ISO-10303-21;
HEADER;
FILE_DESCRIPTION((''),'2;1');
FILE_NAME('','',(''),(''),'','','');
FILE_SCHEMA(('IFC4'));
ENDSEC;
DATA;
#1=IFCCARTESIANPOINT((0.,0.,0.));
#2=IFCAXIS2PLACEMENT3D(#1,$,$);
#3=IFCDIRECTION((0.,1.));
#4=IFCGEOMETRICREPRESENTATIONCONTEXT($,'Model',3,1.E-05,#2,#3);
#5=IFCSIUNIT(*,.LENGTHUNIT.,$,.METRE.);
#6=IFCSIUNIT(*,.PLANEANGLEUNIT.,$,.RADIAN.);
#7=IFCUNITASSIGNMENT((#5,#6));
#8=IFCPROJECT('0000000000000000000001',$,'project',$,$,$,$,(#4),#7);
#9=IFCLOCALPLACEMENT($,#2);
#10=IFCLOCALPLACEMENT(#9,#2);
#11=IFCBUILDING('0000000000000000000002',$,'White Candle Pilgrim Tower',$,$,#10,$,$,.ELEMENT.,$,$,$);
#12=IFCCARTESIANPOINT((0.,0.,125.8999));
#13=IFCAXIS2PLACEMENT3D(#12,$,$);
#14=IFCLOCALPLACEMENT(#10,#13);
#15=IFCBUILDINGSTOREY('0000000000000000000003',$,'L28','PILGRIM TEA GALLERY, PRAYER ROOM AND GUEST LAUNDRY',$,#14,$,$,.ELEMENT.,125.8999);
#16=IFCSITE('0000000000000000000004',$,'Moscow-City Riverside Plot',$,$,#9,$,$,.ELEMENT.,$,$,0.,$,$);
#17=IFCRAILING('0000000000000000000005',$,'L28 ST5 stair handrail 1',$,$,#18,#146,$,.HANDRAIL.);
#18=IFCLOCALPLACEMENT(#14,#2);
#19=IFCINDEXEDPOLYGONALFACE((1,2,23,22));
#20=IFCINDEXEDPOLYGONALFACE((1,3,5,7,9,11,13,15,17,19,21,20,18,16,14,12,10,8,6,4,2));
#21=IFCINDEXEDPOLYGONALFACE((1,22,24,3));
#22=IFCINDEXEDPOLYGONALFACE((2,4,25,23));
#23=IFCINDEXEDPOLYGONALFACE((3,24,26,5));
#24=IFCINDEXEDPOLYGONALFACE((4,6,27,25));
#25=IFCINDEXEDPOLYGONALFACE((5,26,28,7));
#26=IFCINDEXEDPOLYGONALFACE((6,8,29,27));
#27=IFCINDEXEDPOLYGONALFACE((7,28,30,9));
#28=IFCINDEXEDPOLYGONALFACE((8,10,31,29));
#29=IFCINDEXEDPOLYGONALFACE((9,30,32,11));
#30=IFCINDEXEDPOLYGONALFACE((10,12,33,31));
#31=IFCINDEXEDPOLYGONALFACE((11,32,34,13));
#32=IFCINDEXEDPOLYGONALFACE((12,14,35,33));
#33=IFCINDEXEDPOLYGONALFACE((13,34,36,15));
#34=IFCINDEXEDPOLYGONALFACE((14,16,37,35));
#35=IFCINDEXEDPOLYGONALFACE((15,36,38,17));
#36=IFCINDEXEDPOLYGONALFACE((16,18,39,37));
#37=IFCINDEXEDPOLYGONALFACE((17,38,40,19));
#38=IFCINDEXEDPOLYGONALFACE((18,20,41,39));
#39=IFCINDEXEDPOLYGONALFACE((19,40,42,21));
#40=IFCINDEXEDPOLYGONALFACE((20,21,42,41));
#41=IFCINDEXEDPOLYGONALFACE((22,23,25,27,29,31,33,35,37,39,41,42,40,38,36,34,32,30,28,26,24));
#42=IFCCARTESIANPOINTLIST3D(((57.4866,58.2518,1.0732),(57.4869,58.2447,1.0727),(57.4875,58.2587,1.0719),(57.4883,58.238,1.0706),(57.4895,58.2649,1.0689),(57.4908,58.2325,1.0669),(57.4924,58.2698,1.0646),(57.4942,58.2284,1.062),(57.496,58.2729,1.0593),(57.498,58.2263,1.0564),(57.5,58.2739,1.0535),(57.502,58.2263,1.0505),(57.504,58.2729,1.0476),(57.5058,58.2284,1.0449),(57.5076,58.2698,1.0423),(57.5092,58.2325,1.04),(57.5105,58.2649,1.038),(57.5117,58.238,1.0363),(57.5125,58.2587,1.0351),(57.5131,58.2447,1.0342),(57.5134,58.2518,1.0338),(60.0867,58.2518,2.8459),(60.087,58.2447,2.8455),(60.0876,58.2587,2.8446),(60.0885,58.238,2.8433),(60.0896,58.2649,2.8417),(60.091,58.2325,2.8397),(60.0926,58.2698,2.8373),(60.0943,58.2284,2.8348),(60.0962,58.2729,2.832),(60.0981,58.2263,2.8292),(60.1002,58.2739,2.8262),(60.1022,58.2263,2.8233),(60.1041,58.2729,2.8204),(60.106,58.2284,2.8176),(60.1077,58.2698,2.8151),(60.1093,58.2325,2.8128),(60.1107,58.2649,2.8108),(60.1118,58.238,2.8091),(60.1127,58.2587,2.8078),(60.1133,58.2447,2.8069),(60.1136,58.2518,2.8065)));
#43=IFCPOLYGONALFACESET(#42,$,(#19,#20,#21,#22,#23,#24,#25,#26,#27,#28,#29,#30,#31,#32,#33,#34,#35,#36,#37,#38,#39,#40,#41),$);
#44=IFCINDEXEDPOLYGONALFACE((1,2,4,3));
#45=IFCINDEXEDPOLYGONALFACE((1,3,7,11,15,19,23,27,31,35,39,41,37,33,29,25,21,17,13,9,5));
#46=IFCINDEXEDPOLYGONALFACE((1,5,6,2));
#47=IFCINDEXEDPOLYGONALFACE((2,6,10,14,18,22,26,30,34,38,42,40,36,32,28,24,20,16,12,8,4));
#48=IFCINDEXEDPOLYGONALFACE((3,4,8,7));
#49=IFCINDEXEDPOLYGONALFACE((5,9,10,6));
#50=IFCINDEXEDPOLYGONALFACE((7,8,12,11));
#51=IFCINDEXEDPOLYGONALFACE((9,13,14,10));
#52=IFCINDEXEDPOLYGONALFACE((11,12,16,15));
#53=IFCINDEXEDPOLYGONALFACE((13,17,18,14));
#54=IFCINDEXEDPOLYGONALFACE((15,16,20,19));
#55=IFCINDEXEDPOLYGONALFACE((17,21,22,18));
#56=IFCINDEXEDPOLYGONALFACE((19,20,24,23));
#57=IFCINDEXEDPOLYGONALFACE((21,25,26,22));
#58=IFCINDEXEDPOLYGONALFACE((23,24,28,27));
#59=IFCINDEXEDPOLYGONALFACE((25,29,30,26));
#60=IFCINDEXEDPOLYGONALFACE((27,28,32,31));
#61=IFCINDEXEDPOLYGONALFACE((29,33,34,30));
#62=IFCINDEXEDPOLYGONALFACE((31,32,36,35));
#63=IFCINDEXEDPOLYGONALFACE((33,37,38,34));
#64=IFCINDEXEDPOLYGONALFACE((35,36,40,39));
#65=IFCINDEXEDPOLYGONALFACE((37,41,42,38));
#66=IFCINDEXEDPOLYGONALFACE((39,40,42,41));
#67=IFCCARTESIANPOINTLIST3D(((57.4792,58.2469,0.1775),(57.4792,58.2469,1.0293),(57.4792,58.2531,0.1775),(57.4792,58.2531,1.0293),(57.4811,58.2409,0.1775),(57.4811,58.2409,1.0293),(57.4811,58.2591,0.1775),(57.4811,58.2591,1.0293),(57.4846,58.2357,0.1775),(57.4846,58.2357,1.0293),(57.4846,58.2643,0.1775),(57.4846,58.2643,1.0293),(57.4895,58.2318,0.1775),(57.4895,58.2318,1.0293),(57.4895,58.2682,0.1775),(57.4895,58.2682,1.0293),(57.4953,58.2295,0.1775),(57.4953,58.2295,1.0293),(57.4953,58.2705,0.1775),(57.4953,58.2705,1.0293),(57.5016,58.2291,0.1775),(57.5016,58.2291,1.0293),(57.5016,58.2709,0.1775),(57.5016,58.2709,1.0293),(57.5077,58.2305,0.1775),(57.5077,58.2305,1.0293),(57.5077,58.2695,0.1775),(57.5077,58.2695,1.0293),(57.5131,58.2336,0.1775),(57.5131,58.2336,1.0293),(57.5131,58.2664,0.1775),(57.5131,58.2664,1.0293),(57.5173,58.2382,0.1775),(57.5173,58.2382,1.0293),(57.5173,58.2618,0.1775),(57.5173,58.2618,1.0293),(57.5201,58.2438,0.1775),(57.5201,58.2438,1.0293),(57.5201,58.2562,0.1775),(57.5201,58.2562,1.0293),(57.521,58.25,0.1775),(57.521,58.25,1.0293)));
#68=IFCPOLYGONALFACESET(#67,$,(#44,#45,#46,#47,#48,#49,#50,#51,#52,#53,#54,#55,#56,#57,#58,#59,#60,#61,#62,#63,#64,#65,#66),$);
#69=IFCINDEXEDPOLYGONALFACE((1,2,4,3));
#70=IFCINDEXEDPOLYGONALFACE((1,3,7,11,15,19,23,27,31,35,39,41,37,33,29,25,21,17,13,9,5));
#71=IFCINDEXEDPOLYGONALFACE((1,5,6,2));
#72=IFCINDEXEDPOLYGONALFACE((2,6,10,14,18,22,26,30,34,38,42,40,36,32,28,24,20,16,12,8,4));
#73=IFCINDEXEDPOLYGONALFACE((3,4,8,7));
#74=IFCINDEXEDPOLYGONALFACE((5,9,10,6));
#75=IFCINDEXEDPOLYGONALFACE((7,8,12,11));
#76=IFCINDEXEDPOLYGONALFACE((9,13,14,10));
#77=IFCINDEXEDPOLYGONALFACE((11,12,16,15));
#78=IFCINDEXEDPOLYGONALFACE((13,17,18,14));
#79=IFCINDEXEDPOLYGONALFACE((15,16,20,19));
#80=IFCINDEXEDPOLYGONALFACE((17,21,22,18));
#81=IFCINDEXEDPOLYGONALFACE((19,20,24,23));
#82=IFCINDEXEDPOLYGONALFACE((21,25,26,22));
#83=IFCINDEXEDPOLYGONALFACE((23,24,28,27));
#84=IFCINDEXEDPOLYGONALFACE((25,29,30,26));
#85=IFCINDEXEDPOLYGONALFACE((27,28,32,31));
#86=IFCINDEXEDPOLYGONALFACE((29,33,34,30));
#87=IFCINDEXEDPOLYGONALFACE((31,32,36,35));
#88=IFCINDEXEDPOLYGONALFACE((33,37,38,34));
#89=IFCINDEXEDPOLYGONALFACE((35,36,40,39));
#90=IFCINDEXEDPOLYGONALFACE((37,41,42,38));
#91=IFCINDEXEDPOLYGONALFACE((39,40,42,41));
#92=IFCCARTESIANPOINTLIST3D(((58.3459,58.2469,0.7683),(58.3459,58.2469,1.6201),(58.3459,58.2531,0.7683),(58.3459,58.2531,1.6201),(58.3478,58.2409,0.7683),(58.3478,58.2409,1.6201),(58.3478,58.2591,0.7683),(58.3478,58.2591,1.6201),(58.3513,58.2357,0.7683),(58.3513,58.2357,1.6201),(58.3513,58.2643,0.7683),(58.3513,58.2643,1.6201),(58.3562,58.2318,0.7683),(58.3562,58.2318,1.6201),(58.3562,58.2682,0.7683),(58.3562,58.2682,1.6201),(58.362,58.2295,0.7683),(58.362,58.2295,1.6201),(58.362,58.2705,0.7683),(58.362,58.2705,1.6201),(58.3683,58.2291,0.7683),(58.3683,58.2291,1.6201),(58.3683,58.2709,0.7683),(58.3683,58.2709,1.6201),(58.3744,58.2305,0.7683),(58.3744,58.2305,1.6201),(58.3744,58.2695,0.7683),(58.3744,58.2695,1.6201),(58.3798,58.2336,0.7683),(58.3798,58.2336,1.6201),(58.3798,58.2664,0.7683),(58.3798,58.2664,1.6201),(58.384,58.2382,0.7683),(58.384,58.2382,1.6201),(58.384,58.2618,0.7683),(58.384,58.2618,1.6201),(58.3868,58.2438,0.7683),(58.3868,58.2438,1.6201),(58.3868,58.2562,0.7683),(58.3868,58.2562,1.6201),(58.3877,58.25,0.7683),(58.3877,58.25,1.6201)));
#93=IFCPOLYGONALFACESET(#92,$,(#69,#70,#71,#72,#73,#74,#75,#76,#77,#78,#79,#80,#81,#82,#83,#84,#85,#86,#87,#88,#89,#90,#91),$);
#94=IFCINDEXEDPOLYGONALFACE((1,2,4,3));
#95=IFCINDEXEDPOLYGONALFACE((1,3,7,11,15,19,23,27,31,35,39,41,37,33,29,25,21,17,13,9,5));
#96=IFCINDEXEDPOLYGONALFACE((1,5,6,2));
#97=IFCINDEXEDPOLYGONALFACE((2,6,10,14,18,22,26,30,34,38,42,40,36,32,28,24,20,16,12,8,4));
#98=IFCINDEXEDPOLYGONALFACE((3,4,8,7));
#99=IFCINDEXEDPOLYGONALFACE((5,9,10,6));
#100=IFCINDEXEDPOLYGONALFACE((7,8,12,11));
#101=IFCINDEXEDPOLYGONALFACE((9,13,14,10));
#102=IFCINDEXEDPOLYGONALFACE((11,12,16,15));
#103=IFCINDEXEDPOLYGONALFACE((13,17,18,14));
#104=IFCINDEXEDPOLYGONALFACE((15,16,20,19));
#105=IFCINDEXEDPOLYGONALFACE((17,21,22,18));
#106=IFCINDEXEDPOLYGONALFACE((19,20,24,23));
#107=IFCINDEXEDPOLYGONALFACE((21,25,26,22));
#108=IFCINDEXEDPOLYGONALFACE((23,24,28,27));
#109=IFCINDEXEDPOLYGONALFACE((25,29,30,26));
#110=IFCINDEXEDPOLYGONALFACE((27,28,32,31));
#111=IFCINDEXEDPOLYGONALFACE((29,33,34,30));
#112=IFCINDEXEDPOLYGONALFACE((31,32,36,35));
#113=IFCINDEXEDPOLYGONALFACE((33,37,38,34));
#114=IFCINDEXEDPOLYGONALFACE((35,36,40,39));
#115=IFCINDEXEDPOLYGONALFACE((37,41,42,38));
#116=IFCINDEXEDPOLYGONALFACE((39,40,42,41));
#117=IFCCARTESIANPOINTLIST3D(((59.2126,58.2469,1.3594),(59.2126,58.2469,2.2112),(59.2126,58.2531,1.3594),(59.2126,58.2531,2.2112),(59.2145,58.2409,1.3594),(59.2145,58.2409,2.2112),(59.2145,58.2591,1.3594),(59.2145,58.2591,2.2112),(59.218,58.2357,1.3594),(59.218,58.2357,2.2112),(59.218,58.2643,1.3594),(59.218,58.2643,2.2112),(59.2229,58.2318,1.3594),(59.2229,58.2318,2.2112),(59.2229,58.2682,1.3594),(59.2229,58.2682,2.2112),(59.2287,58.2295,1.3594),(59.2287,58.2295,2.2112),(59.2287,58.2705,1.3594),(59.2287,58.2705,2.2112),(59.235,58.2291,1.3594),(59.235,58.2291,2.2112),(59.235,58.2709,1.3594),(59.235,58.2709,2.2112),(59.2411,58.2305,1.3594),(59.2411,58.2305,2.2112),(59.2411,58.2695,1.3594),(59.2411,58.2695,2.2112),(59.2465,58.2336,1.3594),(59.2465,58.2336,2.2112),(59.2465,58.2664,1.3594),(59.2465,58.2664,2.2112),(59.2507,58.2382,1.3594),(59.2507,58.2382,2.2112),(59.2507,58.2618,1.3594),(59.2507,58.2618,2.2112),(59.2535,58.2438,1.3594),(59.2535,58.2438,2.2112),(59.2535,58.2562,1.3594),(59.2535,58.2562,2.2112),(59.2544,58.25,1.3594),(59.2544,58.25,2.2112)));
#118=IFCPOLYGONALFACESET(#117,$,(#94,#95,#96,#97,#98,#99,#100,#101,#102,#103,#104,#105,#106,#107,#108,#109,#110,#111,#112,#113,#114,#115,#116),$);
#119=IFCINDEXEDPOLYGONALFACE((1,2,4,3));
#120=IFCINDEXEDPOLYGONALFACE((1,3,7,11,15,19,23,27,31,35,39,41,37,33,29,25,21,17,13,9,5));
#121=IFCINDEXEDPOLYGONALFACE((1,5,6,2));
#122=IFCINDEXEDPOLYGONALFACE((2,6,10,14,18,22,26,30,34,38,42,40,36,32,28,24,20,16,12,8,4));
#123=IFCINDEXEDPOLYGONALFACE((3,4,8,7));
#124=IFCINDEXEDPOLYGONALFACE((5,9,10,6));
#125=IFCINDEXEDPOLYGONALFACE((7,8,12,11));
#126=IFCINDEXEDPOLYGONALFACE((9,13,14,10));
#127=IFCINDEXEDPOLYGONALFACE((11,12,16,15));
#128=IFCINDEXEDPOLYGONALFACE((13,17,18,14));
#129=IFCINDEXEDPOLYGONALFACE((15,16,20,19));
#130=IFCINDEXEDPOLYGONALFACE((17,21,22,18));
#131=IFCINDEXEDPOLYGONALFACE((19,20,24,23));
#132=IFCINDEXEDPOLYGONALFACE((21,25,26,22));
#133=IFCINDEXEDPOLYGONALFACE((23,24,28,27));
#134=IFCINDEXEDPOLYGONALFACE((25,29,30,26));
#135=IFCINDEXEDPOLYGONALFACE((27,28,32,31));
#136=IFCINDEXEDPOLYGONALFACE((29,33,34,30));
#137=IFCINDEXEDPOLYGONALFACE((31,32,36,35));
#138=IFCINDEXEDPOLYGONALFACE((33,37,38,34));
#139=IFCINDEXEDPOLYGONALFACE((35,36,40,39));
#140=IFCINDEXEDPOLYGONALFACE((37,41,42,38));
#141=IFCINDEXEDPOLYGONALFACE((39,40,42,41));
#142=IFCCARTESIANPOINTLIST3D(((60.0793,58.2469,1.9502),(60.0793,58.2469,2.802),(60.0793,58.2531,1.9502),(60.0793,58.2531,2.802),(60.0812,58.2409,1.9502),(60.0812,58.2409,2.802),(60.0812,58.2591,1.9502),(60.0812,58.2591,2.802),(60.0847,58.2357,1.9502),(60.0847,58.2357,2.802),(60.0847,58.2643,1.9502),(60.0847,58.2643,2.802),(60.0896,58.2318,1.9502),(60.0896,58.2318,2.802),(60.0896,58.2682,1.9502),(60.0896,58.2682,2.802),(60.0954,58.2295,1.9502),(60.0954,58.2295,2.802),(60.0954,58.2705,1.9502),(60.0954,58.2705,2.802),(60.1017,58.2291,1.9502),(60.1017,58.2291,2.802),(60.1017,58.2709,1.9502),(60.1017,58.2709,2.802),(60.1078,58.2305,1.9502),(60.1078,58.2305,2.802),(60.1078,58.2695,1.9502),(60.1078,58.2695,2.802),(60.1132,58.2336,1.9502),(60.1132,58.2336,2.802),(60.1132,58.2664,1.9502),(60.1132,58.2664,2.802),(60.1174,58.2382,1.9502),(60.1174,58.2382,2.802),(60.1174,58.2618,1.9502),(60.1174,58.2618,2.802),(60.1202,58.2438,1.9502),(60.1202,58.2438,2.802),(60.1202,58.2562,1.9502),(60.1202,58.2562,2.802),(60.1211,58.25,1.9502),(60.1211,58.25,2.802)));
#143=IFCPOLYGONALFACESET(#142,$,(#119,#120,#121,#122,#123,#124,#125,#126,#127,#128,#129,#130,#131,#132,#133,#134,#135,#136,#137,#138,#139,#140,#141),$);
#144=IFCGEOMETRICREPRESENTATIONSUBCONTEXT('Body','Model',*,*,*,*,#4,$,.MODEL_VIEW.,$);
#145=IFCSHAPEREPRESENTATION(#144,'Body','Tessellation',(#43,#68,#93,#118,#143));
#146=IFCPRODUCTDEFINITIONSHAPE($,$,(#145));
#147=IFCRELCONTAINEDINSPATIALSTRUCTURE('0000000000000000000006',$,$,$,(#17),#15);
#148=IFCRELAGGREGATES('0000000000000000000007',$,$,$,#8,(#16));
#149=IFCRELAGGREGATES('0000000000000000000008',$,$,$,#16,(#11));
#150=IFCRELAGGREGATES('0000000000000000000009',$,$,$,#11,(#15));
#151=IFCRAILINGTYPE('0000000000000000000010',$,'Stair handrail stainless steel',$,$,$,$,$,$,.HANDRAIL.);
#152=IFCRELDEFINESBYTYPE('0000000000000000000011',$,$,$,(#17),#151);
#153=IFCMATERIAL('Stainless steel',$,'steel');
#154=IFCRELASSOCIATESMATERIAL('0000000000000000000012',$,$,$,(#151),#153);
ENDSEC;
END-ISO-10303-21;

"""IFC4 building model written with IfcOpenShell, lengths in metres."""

from ifc_helpers import new_model, si_unit, direction, frame, origin, origin_2d, place, context, subcontext, project, spatial, circle, extrude, material, type_object, element, save


model = new_model("IFC4")

# Units and contexts
model_context = context("Model", 3, precision=1e-05, world=origin(), true_north=direction((0.0, 1.0)))
body_context = subcontext(model_context, "Body", "Model", "MODEL_VIEW")
ifc_project = project(units=[si_unit("LENGTHUNIT", "METRE"), si_unit("PLANEANGLEUNIT", "RADIAN")], contexts=[model_context])

# Site, building, storey
site_placement = place(None, origin())
site = spatial("IfcSite", under=ifc_project, at=site_placement, Name="Moscow-City Riverside Plot", CompositionType="ELEMENT", RefElevation=0.0)
building_placement = place(site_placement, origin())
building = spatial("IfcBuilding", under=site, at=building_placement, Name="White Candle Pilgrim Tower", CompositionType="ELEMENT")
storey_placement = place(building_placement, frame((0.0, 0.0, 125.8999)))
storey = spatial("IfcBuildingStorey", under=building, at=storey_placement, Name="L28", Description="PILGRIM TEA GALLERY, PRAYER ROOM AND GUEST LAUNDRY", CompositionType="ELEMENT", Elevation=125.8999)

# Railing
ifc_material_1 = material(Name="Stainless steel", Category="steel")
railing_type_1 = type_object("IfcRailingType", Name="Stair handrail stainless steel", PredefinedType="HANDRAIL", material=ifc_material_1)
railing_1_placement = place(storey_placement, frame((57.5, 58.25, 0.1775)))
element("IfcRailing", 1, at=railing_1_placement, inside=storey, type_object=railing_type_1, Name="L28 ST5 stair handrail 1", PredefinedType="HANDRAIL", context=body_context, shape_type="SweptSolid", body=[
    extrude(circle(Radius=0.0239, at=origin_2d()), frame((0.0, 0.0, 0.876), z_axis=(0.82624, 0.0, 0.563318), x_axis=(0.0, 1.0, 0.0)), (0.0, 0.0, 1.0), 3.147),
    extrude(circle(Radius=0.021, at=origin_2d()), origin(), (0.0, 0.0, 1.0), 0.8518),
    extrude(circle(Radius=0.021, at=origin_2d()), frame((0.8667, 0.0, 0.5908)), (0.0, 0.0, 1.0), 0.8518),
    extrude(circle(Radius=0.021, at=origin_2d()), frame((1.7334, 0.0, 1.1819)), (0.0, 0.0, 1.0), 0.8518),
    extrude(circle(Radius=0.021, at=origin_2d()), frame((2.6001, 0.0, 1.7727)), (0.0, 0.0, 1.0), 0.8518),
])

save(model, "model.ifc")
